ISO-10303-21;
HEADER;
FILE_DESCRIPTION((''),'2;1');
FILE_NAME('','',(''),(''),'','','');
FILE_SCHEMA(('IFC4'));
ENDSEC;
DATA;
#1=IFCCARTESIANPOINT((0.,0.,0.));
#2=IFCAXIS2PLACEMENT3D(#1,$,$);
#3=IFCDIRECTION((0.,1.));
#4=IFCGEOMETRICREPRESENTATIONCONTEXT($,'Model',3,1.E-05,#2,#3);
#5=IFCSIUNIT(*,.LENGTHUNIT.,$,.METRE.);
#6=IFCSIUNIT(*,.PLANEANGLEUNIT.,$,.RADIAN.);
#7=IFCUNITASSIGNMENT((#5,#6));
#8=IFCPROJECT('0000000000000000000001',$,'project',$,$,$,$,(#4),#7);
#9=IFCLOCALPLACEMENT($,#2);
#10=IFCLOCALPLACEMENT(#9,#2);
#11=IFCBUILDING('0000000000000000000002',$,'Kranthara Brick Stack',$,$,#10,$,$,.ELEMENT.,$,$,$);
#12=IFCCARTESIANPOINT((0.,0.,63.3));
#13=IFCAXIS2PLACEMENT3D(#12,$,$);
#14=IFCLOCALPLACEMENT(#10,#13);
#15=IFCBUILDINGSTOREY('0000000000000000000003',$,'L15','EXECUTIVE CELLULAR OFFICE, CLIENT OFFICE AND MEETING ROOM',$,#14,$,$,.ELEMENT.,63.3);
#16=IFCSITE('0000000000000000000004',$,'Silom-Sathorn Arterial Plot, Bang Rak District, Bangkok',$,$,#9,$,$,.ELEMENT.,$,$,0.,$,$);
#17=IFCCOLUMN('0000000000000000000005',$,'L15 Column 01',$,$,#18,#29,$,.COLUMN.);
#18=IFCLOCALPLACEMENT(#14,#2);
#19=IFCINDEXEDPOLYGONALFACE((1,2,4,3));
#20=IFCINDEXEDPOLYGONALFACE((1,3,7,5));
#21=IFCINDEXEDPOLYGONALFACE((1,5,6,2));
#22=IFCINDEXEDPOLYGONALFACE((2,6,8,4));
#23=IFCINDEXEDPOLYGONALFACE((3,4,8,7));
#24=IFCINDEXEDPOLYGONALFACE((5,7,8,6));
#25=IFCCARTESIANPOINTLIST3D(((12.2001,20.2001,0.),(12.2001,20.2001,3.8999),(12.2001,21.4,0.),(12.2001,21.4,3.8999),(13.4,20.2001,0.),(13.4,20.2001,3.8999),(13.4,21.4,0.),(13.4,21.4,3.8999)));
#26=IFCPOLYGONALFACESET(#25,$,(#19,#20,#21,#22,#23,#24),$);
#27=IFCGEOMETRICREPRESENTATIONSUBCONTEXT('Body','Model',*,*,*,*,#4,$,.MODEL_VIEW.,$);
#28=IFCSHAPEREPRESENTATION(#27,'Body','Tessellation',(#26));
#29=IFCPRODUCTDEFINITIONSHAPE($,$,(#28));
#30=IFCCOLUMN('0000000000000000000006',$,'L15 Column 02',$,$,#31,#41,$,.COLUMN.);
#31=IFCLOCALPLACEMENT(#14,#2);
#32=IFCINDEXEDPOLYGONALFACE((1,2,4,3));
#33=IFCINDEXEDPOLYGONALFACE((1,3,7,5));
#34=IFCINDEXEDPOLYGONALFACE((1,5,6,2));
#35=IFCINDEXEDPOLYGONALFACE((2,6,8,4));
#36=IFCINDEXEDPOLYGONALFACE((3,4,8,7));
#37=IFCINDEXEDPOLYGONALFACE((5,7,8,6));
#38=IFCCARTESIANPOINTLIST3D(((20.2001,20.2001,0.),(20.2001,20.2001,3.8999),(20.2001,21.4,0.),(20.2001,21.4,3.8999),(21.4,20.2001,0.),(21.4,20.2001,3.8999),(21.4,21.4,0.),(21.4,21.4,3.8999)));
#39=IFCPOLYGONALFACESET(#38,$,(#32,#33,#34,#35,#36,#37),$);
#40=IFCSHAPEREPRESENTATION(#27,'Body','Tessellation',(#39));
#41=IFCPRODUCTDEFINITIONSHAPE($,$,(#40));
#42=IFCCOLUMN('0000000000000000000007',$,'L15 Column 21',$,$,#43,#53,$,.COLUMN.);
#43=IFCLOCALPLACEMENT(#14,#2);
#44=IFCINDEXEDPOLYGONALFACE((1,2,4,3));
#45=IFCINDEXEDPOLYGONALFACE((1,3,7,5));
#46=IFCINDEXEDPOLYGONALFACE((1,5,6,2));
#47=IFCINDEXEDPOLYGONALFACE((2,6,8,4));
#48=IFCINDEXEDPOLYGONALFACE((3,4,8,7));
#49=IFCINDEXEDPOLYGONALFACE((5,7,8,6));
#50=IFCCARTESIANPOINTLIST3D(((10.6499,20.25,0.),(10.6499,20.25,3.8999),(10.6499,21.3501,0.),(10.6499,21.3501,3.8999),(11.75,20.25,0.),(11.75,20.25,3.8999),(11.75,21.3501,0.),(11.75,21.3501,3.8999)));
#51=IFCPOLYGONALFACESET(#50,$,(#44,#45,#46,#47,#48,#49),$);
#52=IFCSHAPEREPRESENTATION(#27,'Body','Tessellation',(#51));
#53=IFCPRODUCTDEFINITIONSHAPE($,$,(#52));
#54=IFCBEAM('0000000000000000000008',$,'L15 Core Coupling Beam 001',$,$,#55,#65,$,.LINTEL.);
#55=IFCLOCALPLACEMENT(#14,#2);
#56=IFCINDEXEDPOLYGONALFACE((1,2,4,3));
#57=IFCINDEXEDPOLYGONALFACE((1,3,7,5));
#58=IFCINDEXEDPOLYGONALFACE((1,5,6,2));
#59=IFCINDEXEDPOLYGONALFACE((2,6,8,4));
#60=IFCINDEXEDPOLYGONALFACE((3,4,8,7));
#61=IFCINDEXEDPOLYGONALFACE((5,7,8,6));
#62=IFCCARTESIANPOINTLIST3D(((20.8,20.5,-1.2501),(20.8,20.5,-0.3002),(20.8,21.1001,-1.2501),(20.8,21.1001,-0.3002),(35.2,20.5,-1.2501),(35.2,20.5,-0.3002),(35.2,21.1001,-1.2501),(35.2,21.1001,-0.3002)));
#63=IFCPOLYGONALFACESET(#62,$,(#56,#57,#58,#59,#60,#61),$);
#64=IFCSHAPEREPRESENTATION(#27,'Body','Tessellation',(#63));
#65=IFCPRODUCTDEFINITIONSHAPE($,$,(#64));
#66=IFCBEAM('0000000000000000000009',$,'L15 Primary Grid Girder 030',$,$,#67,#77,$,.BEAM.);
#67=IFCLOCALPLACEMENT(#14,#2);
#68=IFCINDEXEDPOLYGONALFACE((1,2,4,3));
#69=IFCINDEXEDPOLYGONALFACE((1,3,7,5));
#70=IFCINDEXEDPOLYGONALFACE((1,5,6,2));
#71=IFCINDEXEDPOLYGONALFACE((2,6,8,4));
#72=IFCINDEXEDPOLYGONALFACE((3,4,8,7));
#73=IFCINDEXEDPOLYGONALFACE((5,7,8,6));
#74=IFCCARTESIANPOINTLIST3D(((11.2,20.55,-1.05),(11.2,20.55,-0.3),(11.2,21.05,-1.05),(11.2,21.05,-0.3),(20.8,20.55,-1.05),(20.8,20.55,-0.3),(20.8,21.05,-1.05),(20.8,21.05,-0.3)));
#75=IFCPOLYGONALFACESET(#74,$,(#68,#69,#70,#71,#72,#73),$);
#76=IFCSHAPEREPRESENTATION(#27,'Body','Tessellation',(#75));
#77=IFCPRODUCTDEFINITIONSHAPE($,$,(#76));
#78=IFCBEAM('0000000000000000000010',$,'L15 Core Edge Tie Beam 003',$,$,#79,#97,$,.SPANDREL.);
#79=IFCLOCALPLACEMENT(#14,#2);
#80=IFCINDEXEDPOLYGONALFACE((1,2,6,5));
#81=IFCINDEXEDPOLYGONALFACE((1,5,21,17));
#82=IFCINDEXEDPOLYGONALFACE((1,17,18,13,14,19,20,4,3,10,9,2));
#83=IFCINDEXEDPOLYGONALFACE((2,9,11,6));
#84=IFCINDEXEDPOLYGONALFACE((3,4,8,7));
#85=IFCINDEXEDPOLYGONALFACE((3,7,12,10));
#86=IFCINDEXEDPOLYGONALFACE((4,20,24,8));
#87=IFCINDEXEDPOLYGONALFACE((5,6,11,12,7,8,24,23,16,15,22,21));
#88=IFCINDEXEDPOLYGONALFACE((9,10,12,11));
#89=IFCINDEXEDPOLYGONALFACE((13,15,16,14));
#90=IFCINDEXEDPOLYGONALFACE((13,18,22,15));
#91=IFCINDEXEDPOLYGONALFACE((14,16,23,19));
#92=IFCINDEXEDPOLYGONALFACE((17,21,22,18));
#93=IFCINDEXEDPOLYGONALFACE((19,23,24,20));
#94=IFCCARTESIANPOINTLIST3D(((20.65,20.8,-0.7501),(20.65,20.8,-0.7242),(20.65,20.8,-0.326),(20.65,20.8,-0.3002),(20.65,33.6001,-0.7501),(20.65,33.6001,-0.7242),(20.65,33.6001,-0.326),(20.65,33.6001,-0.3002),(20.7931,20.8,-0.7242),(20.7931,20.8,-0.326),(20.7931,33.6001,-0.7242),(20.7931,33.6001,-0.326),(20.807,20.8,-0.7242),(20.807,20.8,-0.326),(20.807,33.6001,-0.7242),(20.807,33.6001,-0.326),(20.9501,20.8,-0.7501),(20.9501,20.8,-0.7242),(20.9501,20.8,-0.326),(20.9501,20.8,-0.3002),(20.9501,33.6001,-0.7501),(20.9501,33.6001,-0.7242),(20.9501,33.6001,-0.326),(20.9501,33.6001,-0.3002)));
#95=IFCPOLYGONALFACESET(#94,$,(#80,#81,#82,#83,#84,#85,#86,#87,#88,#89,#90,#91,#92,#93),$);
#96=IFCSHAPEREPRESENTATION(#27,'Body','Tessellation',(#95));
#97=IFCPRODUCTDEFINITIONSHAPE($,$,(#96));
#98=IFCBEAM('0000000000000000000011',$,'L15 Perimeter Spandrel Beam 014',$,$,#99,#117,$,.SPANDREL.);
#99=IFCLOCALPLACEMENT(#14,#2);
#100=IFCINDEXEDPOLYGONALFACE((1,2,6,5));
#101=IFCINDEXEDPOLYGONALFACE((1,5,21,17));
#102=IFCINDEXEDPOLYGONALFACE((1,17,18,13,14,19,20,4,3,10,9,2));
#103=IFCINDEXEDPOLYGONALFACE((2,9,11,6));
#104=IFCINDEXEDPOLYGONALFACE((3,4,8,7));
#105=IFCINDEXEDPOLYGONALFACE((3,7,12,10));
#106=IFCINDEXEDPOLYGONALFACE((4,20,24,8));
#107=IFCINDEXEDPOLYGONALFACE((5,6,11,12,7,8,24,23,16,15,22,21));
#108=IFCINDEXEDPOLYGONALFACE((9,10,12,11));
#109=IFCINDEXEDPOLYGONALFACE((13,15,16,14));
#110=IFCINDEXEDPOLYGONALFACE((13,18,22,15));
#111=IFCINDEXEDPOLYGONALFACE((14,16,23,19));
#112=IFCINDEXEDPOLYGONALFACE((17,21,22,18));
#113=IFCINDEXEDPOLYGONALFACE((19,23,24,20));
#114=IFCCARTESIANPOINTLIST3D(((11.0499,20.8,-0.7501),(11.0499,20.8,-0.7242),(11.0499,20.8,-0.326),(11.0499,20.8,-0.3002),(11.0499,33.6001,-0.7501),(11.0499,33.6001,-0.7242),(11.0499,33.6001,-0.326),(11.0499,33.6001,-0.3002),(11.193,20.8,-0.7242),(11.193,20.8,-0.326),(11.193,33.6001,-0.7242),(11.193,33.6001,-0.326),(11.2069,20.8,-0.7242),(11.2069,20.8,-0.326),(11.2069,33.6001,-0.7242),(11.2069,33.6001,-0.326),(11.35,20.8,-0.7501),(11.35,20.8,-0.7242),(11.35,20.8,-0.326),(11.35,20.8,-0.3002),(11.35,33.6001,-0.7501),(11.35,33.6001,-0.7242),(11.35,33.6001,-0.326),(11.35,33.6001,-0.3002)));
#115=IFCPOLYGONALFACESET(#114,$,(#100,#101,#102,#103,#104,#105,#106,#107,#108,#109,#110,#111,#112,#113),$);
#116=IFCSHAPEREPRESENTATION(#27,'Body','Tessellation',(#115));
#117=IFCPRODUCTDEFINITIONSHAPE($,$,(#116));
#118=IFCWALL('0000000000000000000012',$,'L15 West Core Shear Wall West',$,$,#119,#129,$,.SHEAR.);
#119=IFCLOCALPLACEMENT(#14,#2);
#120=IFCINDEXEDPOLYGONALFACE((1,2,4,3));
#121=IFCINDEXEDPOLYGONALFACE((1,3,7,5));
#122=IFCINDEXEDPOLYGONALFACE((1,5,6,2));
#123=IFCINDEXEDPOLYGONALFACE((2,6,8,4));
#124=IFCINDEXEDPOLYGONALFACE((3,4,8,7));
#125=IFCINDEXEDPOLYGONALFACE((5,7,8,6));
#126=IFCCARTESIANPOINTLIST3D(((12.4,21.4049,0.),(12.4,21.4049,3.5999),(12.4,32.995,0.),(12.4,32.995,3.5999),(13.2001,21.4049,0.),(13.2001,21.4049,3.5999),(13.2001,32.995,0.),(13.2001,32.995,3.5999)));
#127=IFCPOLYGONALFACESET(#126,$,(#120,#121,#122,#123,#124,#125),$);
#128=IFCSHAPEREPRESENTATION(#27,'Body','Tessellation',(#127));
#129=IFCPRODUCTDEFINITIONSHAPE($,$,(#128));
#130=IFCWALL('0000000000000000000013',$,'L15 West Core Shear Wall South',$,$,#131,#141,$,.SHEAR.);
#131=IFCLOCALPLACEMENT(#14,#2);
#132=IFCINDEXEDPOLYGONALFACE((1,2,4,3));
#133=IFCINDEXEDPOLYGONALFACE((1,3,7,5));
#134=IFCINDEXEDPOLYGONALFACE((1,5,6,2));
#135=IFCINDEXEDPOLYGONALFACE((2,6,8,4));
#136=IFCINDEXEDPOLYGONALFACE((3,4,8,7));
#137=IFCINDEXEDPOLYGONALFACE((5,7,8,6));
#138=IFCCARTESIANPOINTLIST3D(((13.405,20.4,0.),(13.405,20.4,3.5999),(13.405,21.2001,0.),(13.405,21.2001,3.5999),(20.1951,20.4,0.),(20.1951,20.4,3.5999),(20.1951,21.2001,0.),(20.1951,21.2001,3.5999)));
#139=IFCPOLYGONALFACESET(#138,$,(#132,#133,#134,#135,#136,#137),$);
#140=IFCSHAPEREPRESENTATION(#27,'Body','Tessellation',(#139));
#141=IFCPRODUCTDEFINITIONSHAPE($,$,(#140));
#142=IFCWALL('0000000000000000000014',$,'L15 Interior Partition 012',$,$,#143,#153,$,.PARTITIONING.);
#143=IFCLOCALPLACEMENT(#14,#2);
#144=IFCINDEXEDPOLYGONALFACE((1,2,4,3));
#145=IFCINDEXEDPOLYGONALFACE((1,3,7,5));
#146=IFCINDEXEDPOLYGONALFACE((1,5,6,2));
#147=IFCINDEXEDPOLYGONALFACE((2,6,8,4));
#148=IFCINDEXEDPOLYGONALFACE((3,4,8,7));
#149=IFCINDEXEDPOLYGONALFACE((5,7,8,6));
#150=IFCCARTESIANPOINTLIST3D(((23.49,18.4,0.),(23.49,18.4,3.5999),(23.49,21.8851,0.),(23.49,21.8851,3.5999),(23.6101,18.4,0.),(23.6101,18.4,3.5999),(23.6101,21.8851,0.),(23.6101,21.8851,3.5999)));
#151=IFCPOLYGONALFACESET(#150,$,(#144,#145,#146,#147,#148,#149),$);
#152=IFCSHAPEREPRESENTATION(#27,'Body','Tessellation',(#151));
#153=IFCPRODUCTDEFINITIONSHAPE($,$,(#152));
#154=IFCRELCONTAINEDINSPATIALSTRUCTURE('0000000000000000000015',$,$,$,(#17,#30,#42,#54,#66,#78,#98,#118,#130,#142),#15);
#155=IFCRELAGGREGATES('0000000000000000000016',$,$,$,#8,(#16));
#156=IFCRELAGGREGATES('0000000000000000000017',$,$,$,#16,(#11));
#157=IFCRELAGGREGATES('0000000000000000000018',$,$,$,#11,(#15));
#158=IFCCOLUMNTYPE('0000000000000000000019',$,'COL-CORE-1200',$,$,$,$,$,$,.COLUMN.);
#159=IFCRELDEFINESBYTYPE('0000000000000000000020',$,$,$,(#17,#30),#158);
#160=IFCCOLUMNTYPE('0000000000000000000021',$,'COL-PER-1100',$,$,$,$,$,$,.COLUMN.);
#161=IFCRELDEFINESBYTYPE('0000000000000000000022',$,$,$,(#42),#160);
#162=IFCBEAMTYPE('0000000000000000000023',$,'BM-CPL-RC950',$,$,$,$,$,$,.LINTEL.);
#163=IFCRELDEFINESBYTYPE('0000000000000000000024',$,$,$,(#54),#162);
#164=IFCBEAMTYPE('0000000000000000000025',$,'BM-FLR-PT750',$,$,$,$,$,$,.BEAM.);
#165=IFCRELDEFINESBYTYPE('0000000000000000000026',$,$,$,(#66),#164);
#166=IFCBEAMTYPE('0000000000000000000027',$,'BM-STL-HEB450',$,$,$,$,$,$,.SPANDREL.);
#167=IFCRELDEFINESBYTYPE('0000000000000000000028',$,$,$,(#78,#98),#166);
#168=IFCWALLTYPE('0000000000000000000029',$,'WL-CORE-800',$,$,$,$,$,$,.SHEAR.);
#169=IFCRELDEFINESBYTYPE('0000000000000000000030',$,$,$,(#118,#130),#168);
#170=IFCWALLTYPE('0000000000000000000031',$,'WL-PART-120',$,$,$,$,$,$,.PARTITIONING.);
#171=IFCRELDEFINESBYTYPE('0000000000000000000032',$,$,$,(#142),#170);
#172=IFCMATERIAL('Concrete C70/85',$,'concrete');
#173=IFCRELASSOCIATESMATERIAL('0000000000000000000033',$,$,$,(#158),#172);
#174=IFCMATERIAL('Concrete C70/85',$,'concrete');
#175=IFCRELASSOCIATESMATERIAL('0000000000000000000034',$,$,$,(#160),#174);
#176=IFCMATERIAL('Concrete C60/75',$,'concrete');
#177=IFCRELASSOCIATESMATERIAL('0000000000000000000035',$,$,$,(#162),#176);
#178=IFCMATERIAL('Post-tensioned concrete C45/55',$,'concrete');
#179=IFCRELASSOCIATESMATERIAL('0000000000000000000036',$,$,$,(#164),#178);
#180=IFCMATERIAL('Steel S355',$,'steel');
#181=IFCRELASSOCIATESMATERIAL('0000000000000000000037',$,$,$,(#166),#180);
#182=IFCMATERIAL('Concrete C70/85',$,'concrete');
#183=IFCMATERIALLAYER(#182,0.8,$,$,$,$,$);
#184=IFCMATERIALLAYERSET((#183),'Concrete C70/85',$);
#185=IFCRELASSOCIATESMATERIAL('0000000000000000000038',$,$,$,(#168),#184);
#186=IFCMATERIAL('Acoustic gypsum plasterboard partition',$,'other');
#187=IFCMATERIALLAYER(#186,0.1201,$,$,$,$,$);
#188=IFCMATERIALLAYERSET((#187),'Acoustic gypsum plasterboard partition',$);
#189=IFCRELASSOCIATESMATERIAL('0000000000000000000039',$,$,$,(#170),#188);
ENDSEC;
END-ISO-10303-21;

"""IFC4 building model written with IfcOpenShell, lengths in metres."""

from ifc_helpers import new_model, si_unit, direction, frame, frame_2d, origin, origin_2d, place, context, subcontext, project, spatial, rectangle, i_section, extrude, material, layer, layer_set, material_profile, profile_set, type_object, element, save


model = new_model("IFC4")

# Units and contexts
model_context = context("Model", 3, precision=1e-05, world=origin(), true_north=direction((0.0, 1.0)))
body_context = subcontext(model_context, "Body", "Model", "MODEL_VIEW")
ifc_project = project(units=[si_unit("LENGTHUNIT", "METRE"), si_unit("PLANEANGLEUNIT", "RADIAN")], contexts=[model_context])

# Site, building, storey
site_placement = place(None, origin())
site = spatial("IfcSite", under=ifc_project, at=site_placement, Name="Silom-Sathorn Arterial Plot, Bang Rak District, Bangkok", CompositionType="ELEMENT", RefElevation=0.0)
building_placement = place(site_placement, origin())
building = spatial("IfcBuilding", under=site, at=building_placement, Name="Kranthara Brick Stack", CompositionType="ELEMENT")
storey_placement = place(building_placement, frame((0.0, 0.0, 63.3)))
storey = spatial("IfcBuildingStorey", under=building, at=storey_placement, Name="L15", Description="EXECUTIVE CELLULAR OFFICE, CLIENT OFFICE AND MEETING ROOM", CompositionType="ELEMENT", Elevation=63.3)

# Columns
ifc_material_1 = material(Name="Concrete C70/85", Category="concrete")
ifc_material_profile_1 = material_profile(ifc_material_1, rectangle(XDim=1.2, YDim=1.2, at=origin_2d()), Name="RC 1200x1200")
ifc_profile_set_1 = profile_set([ifc_material_profile_1], Name="Concrete C70/85")
column_type_1 = type_object("IfcColumnType", Name="COL-CORE-1200", PredefinedType="COLUMN", material=ifc_profile_set_1)
for number, where, z_axis, x_axis, name in (
    (1, (12.8, 20.8, 0.0), (0.0, 0.0, 1.0), (1.0, 0.0, 0.0), "L15 Column 01"),
    (2, (20.8, 20.8, 0.0), (0.0, 0.0, 1.0), (1.0, 0.0, 0.0), "L15 Column 02"),
):
    element("IfcColumn", number, at=place(storey_placement, frame(where, z_axis=z_axis, x_axis=x_axis)), inside=storey, type_object=column_type_1, Name=name, PredefinedType="COLUMN", context=body_context, shape_type="SweptSolid", body=[
        extrude(rectangle(XDim=1.2, YDim=1.2, at=origin_2d()), origin(), (0.0, 0.0, 1.0), 3.8999),
    ])
ifc_material_2 = material(Name="Concrete C70/85", Category="concrete")
ifc_material_profile_2 = material_profile(ifc_material_2, rectangle(XDim=1.1001, YDim=1.1001, at=origin_2d()), Name="RC 1100x1100")
ifc_profile_set_2 = profile_set([ifc_material_profile_2], Name="Concrete C70/85")
column_type_2 = type_object("IfcColumnType", Name="COL-PER-1100", PredefinedType="COLUMN", material=ifc_profile_set_2)
column_placement = place(storey_placement, frame((11.2, 20.8, 0.0), z_axis=(0.0, 0.0, 1.0), x_axis=(1.0, 0.0, 0.0)))
element("IfcColumn", 3, at=column_placement, inside=storey, type_object=column_type_2, Name="L15 Column 21", PredefinedType="COLUMN", context=body_context, shape_type="SweptSolid", body=[
    extrude(rectangle(XDim=1.1001, YDim=1.1001, at=origin_2d()), origin(), (0.0, 0.0, 1.0), 3.8999),
])

# Beams
ifc_material_3 = material(Name="Concrete C60/75", Category="concrete")
ifc_material_profile_3 = material_profile(ifc_material_3, rectangle(XDim=0.6001, YDim=0.95, at=origin_2d()), Name="RC 600x950")
ifc_profile_set_3 = profile_set([ifc_material_profile_3], Name="Concrete C60/75")
beam_type_1 = type_object("IfcBeamType", Name="BM-CPL-RC950", PredefinedType="LINTEL", material=ifc_profile_set_3)
beam_1_placement = place(storey_placement, frame((20.8, 20.8, -0.7751), z_axis=(1.0, 0.0, 0.0), x_axis=(0.0, 1.0, 0.0)))
element("IfcBeam", 4, at=beam_1_placement, inside=storey, type_object=beam_type_1, Name="L15 Core Coupling Beam 001", PredefinedType="LINTEL", context=body_context, shape_type="SweptSolid", body=[
    extrude(rectangle(XDim=0.6001, YDim=0.95, at=origin_2d()), origin(), (0.0, 0.0, 1.0), 14.3999),
])
ifc_material_4 = material(Name="Post-tensioned concrete C45/55", Category="concrete")
ifc_material_profile_4 = material_profile(ifc_material_4, rectangle(XDim=0.5, YDim=0.75, at=origin_2d()), Name="PT 500x750")
ifc_profile_set_4 = profile_set([ifc_material_profile_4], Name="Post-tensioned concrete C45/55")
beam_type_2 = type_object("IfcBeamType", Name="BM-FLR-PT750", PredefinedType="BEAM", material=ifc_profile_set_4)
beam_2_placement = place(storey_placement, frame((11.2, 20.8, -0.675), z_axis=(1.0, 0.0, 0.0), x_axis=(0.0, 1.0, 0.0)))
element("IfcBeam", 5, at=beam_2_placement, inside=storey, type_object=beam_type_2, Name="L15 Primary Grid Girder 030", PredefinedType="BEAM", context=body_context, shape_type="SweptSolid", body=[
    extrude(rectangle(XDim=0.5, YDim=0.75, at=origin_2d()), origin(), (0.0, 0.0, 1.0), 9.6001),
])
ifc_material_5 = material(Name="Steel S355", Category="steel")
ifc_material_profile_5 = material_profile(ifc_material_5, i_section(OverallWidth=0.3, OverallDepth=0.45, WebThickness=0.0139, FlangeThickness=0.0259, at=origin_2d()), Name="HEB 450")
ifc_profile_set_5 = profile_set([ifc_material_profile_5], Name="Steel S355")
beam_type_3 = type_object("IfcBeamType", Name="BM-STL-HEB450", PredefinedType="SPANDREL", material=ifc_profile_set_5)
for number, where, z_axis, x_axis, name in (
    (6, (20.8, 20.8, -0.5251), (0.0, 1.0, 0.0), (-1.0, 0.0, 0.0), "L15 Core Edge Tie Beam 003"),
    (7, (11.2, 20.8, -0.5251), (0.0, 1.0, 0.0), (-1.0, 0.0, 0.0), "L15 Perimeter Spandrel Beam 014"),
):
    element("IfcBeam", number, at=place(storey_placement, frame(where, z_axis=z_axis, x_axis=x_axis)), inside=storey, type_object=beam_type_3, Name=name, PredefinedType="SPANDREL", context=body_context, shape_type="SweptSolid", body=[
        extrude(i_section(OverallWidth=0.3, OverallDepth=0.45, WebThickness=0.0139, FlangeThickness=0.0259, at=origin_2d()), origin(), (0.0, 0.0, 1.0), 12.8),
    ])

# Walls
ifc_material_6 = material(Name="Concrete C70/85", Category="concrete")
ifc_layer_1 = layer(ifc_material_6, 0.8)
ifc_layer_set_1 = layer_set([ifc_layer_1], Name="Concrete C70/85")
wall_type_1 = type_object("IfcWallType", Name="WL-CORE-800", PredefinedType="SHEAR", material=ifc_layer_set_1)
wall_1_placement = place(storey_placement, frame((12.8, 21.405, 0.0), z_axis=(0.0, 0.0, 1.0), x_axis=(0.0, 1.0, 0.0)))
element("IfcWall", 8, at=wall_1_placement, inside=storey, type_object=wall_type_1, Name="L15 West Core Shear Wall West", PredefinedType="SHEAR", context=body_context, shape_type="SweptSolid", body=[
    extrude(rectangle(XDim=11.5901, YDim=0.8, at=frame_2d((5.7949, 0.0))), origin(), (0.0, 0.0, 1.0), 3.5999),
])
wall_2_placement = place(storey_placement, frame((13.405, 20.8, 0.0), z_axis=(0.0, 0.0, 1.0), x_axis=(1.0, 0.0, 0.0)))
element("IfcWall", 9, at=wall_2_placement, inside=storey, type_object=wall_type_1, Name="L15 West Core Shear Wall South", PredefinedType="SHEAR", context=body_context, shape_type="SweptSolid", body=[
    extrude(rectangle(XDim=6.79, YDim=0.8, at=frame_2d((3.395, 0.0))), origin(), (0.0, 0.0, 1.0), 3.5999),
])

# Wall
ifc_material_7 = material(Name="Acoustic gypsum plasterboard partition", Category="other")
ifc_layer_2 = layer(ifc_material_7, 0.1201)
ifc_layer_set_2 = layer_set([ifc_layer_2], Name="Acoustic gypsum plasterboard partition")
wall_type_2 = type_object("IfcWallType", Name="WL-PART-120", PredefinedType="PARTITIONING", material=ifc_layer_set_2)
wall_3_placement = place(storey_placement, frame((23.55, 18.3999, 0.0), z_axis=(0.0, 0.0, 1.0), x_axis=(0.0, 1.0, 0.0)))
element("IfcWall", 10, at=wall_3_placement, inside=storey, type_object=wall_type_2, Name="L15 Interior Partition 012", PredefinedType="PARTITIONING", context=body_context, shape_type="SweptSolid", body=[
    extrude(rectangle(XDim=3.4851, YDim=0.1201, at=frame_2d((1.7427, 0.0))), origin(), (0.0, 0.0, 1.0), 3.5999),
])

save(model, "model.ifc")
